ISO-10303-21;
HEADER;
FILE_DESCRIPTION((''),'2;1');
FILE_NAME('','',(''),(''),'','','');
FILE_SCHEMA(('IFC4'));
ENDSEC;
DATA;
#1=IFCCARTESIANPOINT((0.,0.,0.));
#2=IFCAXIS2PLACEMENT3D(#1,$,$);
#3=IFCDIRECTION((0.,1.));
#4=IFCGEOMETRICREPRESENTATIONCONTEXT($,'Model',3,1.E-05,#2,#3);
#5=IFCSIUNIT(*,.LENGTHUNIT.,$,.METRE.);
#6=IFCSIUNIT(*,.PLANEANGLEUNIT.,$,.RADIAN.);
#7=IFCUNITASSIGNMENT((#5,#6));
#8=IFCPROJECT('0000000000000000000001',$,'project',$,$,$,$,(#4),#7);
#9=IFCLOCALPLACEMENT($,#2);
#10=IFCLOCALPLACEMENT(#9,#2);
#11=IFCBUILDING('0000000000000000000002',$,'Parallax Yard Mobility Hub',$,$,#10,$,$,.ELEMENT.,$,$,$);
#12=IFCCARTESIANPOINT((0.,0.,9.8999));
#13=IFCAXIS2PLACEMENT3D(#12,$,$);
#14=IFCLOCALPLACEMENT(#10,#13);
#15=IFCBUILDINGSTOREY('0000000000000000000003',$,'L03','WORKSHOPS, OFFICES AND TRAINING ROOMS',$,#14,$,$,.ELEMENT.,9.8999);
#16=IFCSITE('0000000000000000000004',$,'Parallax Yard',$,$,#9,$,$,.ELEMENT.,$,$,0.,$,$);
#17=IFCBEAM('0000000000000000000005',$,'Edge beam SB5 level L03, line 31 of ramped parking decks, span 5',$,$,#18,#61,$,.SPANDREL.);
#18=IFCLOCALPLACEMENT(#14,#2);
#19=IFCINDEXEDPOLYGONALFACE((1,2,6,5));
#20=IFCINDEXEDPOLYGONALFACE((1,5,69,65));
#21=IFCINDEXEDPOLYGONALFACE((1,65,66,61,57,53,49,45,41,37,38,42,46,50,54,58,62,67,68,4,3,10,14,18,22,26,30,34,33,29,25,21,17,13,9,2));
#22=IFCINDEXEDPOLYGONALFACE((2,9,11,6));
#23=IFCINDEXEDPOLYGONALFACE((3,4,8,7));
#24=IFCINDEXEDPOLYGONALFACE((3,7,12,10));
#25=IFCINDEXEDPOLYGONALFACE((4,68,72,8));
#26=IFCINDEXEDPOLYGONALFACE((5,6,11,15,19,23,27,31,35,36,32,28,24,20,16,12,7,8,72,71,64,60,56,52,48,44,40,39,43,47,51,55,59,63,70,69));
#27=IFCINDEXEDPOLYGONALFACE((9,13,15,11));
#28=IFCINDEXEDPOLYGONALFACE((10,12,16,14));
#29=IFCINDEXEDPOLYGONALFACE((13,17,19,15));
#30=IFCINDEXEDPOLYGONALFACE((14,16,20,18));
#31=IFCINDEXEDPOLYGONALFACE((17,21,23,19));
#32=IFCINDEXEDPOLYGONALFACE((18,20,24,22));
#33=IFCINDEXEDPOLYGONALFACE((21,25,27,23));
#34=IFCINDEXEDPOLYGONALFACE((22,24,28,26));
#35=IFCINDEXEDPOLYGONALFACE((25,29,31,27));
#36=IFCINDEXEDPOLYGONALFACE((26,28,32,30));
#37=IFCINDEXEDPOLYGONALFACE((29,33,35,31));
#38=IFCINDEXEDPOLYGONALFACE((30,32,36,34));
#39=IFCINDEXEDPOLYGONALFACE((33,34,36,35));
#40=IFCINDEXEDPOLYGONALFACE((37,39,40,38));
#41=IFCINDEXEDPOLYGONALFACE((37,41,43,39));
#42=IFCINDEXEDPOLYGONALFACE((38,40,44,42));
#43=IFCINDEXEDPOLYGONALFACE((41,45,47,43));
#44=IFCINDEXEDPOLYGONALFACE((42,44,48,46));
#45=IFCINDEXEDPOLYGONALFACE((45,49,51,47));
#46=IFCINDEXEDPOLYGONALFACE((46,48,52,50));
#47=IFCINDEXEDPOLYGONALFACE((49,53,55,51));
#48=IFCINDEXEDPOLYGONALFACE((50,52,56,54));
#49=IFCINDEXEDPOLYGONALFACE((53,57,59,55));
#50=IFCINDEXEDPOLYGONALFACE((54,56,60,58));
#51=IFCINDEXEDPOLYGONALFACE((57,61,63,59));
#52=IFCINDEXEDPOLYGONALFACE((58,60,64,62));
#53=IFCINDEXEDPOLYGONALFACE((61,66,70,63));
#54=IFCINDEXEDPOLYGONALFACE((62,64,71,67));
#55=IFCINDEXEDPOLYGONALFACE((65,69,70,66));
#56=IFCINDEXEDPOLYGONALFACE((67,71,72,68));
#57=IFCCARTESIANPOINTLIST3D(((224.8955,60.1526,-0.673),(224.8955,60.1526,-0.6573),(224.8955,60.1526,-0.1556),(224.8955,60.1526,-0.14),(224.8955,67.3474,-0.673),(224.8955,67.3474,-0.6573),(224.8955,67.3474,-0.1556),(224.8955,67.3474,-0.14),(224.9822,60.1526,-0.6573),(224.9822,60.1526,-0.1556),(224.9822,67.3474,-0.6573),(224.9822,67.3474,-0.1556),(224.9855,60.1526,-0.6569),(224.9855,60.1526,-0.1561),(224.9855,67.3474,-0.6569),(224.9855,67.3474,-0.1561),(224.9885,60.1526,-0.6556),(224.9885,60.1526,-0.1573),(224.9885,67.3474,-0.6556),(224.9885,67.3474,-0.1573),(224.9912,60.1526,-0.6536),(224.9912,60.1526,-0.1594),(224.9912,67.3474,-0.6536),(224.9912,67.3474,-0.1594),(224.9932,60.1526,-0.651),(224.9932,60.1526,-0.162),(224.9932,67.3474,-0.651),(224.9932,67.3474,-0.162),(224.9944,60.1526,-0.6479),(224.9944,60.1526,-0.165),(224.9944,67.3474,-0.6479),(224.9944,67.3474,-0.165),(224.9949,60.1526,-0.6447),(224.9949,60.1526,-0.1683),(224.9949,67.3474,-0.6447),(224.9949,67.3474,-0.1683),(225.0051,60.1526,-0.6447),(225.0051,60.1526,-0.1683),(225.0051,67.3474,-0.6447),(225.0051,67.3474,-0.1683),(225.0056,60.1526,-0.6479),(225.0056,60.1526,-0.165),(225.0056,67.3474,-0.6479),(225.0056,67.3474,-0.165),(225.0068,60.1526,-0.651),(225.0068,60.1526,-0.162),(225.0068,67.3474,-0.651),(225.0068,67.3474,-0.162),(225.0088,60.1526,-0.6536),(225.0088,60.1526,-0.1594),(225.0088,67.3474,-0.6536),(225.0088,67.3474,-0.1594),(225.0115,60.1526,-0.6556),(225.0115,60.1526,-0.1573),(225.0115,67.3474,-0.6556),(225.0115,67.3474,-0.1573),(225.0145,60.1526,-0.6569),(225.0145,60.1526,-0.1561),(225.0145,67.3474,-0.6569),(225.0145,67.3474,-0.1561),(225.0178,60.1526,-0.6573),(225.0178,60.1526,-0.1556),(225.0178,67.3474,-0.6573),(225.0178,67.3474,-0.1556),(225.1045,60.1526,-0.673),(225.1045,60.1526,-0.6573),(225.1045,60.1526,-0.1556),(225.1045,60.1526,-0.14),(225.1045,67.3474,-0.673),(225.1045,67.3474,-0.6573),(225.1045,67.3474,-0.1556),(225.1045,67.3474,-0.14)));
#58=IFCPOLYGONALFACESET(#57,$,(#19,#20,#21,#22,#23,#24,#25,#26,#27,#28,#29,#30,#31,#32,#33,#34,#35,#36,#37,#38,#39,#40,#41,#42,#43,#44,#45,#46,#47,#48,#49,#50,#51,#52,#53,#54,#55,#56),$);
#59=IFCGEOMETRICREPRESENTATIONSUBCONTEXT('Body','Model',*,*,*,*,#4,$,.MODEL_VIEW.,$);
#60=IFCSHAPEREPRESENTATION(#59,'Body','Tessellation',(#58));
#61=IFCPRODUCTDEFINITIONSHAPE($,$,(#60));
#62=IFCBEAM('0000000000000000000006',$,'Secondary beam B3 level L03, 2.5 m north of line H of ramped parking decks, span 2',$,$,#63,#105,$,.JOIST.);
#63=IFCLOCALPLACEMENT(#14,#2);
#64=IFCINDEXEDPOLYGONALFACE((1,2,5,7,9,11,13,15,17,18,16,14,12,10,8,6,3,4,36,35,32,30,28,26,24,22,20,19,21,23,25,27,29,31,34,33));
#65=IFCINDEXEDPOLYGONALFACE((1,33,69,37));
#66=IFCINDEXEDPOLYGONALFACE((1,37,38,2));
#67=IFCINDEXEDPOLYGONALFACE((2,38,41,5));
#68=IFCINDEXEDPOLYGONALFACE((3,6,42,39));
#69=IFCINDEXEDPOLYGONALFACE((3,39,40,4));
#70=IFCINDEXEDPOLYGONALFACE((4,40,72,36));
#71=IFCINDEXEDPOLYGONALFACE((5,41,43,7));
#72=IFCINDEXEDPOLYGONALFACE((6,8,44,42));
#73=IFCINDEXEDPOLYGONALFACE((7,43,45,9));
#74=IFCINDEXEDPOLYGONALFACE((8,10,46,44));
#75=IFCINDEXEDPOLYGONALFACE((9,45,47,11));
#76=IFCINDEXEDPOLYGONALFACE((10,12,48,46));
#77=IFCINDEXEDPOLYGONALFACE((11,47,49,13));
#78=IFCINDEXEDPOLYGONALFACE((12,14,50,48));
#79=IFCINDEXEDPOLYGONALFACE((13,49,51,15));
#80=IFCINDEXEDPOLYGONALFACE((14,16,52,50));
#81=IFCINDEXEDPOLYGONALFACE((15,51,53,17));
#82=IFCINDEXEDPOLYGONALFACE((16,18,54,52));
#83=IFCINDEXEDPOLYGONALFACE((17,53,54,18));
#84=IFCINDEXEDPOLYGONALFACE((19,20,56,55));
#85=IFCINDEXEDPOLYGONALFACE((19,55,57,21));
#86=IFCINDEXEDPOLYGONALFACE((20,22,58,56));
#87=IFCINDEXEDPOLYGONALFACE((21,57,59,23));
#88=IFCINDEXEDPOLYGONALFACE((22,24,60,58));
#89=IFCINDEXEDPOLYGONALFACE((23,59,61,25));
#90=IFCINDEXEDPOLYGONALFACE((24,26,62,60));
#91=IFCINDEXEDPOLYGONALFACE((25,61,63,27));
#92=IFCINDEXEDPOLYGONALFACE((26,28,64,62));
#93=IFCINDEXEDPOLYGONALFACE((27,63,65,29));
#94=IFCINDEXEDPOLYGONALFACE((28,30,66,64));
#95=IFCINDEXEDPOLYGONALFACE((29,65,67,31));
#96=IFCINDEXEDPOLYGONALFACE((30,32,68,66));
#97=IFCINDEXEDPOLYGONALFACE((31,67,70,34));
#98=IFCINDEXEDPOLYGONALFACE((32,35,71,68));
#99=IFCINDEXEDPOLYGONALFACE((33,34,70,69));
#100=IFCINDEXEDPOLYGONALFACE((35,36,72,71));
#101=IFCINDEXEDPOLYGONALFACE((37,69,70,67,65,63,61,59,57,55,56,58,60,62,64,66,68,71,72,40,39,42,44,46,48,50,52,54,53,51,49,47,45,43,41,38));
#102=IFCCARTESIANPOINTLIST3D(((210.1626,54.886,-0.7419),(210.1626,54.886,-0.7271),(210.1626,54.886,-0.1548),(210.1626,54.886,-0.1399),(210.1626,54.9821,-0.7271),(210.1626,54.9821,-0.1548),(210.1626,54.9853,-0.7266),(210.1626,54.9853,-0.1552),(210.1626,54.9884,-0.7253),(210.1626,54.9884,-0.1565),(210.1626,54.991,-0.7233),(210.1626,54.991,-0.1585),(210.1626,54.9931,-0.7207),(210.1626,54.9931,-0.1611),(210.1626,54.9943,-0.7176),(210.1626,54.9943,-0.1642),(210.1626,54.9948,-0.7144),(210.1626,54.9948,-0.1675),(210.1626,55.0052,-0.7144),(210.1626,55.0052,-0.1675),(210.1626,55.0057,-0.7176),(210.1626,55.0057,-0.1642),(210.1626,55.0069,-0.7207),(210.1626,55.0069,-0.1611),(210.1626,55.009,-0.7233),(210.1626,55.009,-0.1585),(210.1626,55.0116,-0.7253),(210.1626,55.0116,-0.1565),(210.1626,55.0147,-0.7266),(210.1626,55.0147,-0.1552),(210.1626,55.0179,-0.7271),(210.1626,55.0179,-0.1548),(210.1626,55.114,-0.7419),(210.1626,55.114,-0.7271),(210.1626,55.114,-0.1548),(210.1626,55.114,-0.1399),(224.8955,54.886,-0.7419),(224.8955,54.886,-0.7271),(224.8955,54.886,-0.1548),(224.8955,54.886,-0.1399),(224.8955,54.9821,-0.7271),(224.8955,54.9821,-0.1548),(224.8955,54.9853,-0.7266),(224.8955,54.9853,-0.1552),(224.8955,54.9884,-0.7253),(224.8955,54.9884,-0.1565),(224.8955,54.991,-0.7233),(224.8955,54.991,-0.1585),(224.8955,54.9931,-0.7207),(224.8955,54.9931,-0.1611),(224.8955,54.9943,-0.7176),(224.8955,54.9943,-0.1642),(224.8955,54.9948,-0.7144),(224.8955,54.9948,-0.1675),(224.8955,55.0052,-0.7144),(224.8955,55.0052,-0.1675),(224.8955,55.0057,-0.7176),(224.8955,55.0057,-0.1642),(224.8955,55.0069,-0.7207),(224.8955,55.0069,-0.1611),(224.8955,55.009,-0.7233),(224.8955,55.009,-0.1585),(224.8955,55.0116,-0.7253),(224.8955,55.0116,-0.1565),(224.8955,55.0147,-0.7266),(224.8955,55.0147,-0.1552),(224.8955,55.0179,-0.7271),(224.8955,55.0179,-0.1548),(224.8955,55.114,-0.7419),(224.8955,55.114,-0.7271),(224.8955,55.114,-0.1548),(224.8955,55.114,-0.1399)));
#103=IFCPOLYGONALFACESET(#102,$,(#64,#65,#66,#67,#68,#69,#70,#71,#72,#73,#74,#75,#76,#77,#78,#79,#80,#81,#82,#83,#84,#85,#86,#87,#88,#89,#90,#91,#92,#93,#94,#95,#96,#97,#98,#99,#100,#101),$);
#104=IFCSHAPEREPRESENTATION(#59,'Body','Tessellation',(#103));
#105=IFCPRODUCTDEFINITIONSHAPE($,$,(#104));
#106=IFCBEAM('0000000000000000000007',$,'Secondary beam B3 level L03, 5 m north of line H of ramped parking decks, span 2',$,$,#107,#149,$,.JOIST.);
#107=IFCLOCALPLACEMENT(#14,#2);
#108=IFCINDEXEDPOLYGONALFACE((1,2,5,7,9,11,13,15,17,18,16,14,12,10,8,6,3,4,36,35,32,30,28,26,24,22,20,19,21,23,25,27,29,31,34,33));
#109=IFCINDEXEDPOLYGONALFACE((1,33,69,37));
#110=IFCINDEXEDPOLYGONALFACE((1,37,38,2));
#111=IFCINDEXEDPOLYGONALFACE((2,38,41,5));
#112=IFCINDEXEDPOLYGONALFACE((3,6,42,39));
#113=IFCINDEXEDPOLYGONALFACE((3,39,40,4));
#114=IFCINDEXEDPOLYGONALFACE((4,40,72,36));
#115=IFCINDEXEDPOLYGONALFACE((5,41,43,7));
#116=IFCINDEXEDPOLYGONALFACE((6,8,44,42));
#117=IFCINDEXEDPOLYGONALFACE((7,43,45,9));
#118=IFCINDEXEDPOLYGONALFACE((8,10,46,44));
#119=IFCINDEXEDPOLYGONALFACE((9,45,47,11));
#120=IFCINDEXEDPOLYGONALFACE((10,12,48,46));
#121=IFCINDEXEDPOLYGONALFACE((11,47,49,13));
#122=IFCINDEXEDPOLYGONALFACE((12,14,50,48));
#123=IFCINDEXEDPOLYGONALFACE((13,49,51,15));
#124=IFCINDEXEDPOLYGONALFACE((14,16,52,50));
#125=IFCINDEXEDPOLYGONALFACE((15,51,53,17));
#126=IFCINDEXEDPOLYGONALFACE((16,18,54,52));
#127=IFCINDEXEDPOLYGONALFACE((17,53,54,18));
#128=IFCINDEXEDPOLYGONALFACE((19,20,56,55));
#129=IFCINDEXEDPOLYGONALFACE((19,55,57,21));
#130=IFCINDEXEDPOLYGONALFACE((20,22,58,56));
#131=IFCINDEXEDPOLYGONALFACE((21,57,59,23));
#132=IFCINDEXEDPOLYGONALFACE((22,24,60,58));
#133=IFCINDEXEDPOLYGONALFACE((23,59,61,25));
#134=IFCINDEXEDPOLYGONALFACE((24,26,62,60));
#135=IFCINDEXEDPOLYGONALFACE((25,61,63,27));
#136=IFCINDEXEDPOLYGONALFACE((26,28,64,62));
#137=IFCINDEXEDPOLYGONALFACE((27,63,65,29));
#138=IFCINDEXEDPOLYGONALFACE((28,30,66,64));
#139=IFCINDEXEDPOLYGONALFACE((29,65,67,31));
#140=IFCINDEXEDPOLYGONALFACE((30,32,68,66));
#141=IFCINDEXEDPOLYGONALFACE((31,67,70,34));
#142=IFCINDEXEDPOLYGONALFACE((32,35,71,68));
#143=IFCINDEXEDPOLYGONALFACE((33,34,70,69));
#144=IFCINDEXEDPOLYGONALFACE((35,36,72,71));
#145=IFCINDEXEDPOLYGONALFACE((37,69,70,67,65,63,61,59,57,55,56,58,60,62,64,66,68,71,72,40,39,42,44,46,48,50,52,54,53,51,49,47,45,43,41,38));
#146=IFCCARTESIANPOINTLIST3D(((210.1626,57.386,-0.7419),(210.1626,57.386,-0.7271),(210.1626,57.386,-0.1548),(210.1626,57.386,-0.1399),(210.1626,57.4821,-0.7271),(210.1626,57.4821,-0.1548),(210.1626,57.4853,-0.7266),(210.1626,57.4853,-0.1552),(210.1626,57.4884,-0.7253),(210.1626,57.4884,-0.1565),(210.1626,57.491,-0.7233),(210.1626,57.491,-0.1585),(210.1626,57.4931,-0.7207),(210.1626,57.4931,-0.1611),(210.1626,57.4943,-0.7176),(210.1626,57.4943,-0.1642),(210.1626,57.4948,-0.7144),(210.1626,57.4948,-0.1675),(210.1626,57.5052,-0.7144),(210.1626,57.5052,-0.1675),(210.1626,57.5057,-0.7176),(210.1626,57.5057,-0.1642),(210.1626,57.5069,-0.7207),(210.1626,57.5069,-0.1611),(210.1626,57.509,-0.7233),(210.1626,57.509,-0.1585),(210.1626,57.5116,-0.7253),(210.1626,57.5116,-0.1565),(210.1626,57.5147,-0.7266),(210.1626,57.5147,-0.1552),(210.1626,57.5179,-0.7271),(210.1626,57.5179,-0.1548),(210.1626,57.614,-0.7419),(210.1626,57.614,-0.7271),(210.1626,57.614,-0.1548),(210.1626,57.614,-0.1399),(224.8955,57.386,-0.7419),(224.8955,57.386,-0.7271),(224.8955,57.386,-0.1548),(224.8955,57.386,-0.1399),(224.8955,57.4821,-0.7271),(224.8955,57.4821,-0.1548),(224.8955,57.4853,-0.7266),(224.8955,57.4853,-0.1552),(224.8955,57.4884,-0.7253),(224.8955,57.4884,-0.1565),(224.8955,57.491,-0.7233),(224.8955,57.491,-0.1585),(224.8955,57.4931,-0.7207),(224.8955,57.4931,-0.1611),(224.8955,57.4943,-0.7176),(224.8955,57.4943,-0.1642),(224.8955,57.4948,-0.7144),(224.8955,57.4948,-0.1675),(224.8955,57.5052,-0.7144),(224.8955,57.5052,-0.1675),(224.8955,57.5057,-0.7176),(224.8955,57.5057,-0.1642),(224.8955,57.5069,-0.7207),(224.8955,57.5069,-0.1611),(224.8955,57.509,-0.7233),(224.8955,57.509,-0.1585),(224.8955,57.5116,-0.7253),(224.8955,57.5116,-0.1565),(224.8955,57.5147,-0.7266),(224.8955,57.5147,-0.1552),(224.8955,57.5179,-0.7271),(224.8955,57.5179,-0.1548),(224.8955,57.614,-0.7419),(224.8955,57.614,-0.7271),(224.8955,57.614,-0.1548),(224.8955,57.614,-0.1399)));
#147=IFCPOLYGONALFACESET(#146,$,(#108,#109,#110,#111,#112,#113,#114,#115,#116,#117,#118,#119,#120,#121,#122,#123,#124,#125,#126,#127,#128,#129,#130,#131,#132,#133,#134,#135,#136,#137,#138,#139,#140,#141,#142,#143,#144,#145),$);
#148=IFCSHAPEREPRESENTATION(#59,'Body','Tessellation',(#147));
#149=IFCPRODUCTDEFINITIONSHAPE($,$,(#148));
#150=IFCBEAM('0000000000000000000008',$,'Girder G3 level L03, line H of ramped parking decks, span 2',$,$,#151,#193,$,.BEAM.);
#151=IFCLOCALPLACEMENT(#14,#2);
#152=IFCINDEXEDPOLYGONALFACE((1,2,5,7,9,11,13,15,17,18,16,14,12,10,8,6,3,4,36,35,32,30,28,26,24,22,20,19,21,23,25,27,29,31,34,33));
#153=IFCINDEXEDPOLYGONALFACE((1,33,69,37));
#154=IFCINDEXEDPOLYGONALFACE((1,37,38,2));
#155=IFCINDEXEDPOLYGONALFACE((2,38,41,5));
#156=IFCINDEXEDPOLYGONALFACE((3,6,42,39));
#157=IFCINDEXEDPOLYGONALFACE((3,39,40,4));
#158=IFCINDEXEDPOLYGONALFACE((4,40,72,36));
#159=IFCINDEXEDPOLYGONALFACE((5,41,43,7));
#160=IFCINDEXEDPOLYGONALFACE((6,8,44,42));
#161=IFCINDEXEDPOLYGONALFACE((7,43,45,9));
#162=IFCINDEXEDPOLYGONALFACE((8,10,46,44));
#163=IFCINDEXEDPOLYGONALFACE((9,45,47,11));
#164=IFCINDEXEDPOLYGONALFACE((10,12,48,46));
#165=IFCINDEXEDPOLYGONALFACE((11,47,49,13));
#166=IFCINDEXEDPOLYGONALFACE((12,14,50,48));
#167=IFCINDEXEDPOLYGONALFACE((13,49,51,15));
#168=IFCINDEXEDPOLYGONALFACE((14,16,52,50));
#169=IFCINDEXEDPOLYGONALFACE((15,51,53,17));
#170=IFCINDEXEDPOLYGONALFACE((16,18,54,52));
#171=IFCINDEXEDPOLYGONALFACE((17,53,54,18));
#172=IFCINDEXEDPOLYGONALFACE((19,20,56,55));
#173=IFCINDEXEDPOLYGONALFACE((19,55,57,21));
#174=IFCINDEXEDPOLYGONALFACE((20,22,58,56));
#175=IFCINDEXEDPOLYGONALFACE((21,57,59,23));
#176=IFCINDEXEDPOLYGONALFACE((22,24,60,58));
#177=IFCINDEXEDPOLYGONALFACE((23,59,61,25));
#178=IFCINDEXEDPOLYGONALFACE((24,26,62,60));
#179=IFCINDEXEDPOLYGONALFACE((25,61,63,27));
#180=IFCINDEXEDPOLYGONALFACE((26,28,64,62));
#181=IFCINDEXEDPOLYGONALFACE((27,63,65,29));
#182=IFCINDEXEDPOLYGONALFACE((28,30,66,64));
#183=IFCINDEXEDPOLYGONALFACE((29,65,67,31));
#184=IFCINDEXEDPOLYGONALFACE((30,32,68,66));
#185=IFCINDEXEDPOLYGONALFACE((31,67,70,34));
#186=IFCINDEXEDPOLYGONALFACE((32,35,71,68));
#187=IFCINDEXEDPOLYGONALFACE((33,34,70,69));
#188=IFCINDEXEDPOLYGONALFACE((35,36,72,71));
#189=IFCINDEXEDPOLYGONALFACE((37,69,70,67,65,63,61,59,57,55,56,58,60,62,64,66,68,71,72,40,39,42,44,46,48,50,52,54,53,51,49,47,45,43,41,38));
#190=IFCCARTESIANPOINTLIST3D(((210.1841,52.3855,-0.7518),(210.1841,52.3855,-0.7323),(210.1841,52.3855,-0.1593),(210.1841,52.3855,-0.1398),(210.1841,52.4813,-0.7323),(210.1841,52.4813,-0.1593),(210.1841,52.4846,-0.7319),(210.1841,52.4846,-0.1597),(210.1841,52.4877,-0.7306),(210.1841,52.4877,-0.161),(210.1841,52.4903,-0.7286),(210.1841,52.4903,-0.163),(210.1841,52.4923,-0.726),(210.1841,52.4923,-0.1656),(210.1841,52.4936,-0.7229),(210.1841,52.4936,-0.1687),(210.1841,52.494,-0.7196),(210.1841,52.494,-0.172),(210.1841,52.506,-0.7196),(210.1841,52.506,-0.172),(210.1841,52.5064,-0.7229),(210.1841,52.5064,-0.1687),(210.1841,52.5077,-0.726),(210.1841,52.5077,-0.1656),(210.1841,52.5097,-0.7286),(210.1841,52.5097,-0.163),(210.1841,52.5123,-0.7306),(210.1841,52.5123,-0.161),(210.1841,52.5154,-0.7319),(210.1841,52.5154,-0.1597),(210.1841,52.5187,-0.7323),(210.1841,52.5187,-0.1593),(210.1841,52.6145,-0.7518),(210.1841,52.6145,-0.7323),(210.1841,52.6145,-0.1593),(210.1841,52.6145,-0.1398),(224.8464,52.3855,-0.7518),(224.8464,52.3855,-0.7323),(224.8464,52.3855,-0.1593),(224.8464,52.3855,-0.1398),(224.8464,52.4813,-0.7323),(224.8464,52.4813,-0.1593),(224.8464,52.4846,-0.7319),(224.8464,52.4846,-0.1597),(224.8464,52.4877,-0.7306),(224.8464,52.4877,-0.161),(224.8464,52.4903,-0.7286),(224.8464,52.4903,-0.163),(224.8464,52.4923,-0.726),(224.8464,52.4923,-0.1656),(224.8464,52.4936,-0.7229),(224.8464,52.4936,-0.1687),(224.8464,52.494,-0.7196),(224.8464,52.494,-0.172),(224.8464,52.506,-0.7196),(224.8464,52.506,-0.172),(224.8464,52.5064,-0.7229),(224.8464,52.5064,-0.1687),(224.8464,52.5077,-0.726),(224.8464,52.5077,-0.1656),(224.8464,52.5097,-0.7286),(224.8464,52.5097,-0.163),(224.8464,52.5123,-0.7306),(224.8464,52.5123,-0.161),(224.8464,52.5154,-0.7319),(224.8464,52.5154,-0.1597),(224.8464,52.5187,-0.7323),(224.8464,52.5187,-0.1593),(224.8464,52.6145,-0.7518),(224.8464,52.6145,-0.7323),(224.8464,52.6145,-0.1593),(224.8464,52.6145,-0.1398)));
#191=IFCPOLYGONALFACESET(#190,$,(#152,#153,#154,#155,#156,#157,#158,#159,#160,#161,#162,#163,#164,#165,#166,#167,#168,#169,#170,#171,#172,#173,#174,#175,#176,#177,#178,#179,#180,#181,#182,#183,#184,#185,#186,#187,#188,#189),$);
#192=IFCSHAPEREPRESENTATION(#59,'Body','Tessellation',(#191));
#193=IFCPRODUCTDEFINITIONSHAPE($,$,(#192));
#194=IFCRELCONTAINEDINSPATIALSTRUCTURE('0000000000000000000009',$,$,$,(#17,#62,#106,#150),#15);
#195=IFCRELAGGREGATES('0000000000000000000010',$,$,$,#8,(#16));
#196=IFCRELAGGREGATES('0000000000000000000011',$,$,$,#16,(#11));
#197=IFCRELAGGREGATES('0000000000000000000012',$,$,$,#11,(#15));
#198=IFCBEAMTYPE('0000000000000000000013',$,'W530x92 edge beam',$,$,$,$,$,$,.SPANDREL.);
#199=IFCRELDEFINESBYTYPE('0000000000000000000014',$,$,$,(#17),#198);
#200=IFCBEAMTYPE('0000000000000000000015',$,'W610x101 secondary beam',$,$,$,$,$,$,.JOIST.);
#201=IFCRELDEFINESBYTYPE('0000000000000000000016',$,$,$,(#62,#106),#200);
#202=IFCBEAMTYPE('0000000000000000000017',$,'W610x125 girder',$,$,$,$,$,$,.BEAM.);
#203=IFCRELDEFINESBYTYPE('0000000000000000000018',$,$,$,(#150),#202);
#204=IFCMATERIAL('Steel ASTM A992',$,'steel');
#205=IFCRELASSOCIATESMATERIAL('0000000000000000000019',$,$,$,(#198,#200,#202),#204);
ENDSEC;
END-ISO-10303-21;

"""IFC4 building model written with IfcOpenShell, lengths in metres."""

from ifc_helpers import new_model, si_unit, direction, frame, origin, origin_2d, place, context, subcontext, project, spatial, i_section, extrude, material, material_profile, profile_set, type_object, element, save


model = new_model("IFC4")

# Units and contexts
model_context = context("Model", 3, precision=1e-05, world=origin(), true_north=direction((0.0, 1.0)))
body_context = subcontext(model_context, "Body", "Model", "MODEL_VIEW")
ifc_project = project(units=[si_unit("LENGTHUNIT", "METRE"), si_unit("PLANEANGLEUNIT", "RADIAN")], contexts=[model_context])

# Site, building, storey
site_placement = place(None, origin())
site = spatial("IfcSite", under=ifc_project, at=site_placement, Name="Parallax Yard", CompositionType="ELEMENT", RefElevation=0.0)
building_placement = place(site_placement, origin())
building = spatial("IfcBuilding", under=site, at=building_placement, Name="Parallax Yard Mobility Hub", CompositionType="ELEMENT")
storey_placement = place(building_placement, frame((0.0, 0.0, 9.8999)))
storey = spatial("IfcBuildingStorey", under=building, at=storey_placement, Name="L03", Description="WORKSHOPS, OFFICES AND TRAINING ROOMS", CompositionType="ELEMENT", Elevation=9.8999)

# Shared definitions
ifc_material_1 = material(Name="Steel ASTM A992", Category="steel")

# Beams
ifc_material_profile_1 = material_profile(ifc_material_1, i_section(OverallWidth=0.209, OverallDepth=0.533, WebThickness=0.0103, FlangeThickness=0.0156, FilletRadius=0.0127, at=origin_2d()), Name="W530x92")
ifc_profile_set_1 = profile_set([ifc_material_profile_1], Name="Steel ASTM A992")
beam_type_1 = type_object("IfcBeamType", Name="W530x92 edge beam", PredefinedType="SPANDREL", material=ifc_profile_set_1)
for number, where, z_axis, x_axis, name in (
    (1, (225.0, 60.1526, -0.4065), (0.0, 1.0, 0.0), (-1.0, 0.0, 0.0), "Edge beam SB5 level L03, line 31 of ramped parking decks, span 5"),
):
    element("IfcBeam", number, at=place(storey_placement, frame(where, z_axis=z_axis, x_axis=x_axis)), inside=storey, type_object=beam_type_1, Name=name, PredefinedType="SPANDREL", context=body_context, shape_type="SweptSolid", body=[
        extrude(i_section(OverallWidth=0.209, OverallDepth=0.533, WebThickness=0.0103, FlangeThickness=0.0156, FilletRadius=0.0127, at=origin_2d()), origin(), (0.0, 0.0, 1.0), 7.1948),
    ])
ifc_material_profile_2 = material_profile(ifc_material_1, i_section(OverallWidth=0.228, OverallDepth=0.6021, WebThickness=0.0105, FlangeThickness=0.0149, FilletRadius=0.0127, at=origin_2d()), Name="W610x101")
ifc_profile_set_2 = profile_set([ifc_material_profile_2], Name="Steel ASTM A992")
beam_type_2 = type_object("IfcBeamType", Name="W610x101 secondary beam", PredefinedType="JOIST", material=ifc_profile_set_2)
for number, where, z_axis, x_axis, name in (
    (2, (210.1626, 55.0, -0.4409), (1.0, 0.0, 0.0), (0.0, 1.0, 0.0), "Secondary beam B3 level L03, 2.5 m north of line H of ramped parking decks, span 2"),
    (3, (210.1626, 57.5, -0.4409), (1.0, 0.0, 0.0), (0.0, 1.0, 0.0), "Secondary beam B3 level L03, 5 m north of line H of ramped parking decks, span 2"),
):
    element("IfcBeam", number, at=place(storey_placement, frame(where, z_axis=z_axis, x_axis=x_axis)), inside=storey, type_object=beam_type_2, Name=name, PredefinedType="JOIST", context=body_context, shape_type="SweptSolid", body=[
        extrude(i_section(OverallWidth=0.228, OverallDepth=0.6021, WebThickness=0.0105, FlangeThickness=0.0149, FilletRadius=0.0127, at=origin_2d()), origin(), (0.0, 0.0, 1.0), 14.7329),
    ])
ifc_material_profile_3 = material_profile(ifc_material_1, i_section(OverallWidth=0.229, OverallDepth=0.6121, WebThickness=0.012, FlangeThickness=0.0195, FilletRadius=0.0127, at=origin_2d()), Name="W610x125")
ifc_profile_set_3 = profile_set([ifc_material_profile_3], Name="Steel ASTM A992")
beam_type_3 = type_object("IfcBeamType", Name="W610x125 girder", PredefinedType="BEAM", material=ifc_profile_set_3)
for number, where, z_axis, x_axis, name in (
    (4, (210.1841, 52.5, -0.4458), (1.0, 0.0, 0.0), (0.0, 1.0, 0.0), "Girder G3 level L03, line H of ramped parking decks, span 2"),
):
    element("IfcBeam", number, at=place(storey_placement, frame(where, z_axis=z_axis, x_axis=x_axis)), inside=storey, type_object=beam_type_3, Name=name, PredefinedType="BEAM", context=body_context, shape_type="SweptSolid", body=[
        extrude(i_section(OverallWidth=0.229, OverallDepth=0.6121, WebThickness=0.012, FlangeThickness=0.0195, FilletRadius=0.0127, at=origin_2d()), origin(), (0.0, 0.0, 1.0), 14.6624),
    ])

save(model, "model.ifc")
